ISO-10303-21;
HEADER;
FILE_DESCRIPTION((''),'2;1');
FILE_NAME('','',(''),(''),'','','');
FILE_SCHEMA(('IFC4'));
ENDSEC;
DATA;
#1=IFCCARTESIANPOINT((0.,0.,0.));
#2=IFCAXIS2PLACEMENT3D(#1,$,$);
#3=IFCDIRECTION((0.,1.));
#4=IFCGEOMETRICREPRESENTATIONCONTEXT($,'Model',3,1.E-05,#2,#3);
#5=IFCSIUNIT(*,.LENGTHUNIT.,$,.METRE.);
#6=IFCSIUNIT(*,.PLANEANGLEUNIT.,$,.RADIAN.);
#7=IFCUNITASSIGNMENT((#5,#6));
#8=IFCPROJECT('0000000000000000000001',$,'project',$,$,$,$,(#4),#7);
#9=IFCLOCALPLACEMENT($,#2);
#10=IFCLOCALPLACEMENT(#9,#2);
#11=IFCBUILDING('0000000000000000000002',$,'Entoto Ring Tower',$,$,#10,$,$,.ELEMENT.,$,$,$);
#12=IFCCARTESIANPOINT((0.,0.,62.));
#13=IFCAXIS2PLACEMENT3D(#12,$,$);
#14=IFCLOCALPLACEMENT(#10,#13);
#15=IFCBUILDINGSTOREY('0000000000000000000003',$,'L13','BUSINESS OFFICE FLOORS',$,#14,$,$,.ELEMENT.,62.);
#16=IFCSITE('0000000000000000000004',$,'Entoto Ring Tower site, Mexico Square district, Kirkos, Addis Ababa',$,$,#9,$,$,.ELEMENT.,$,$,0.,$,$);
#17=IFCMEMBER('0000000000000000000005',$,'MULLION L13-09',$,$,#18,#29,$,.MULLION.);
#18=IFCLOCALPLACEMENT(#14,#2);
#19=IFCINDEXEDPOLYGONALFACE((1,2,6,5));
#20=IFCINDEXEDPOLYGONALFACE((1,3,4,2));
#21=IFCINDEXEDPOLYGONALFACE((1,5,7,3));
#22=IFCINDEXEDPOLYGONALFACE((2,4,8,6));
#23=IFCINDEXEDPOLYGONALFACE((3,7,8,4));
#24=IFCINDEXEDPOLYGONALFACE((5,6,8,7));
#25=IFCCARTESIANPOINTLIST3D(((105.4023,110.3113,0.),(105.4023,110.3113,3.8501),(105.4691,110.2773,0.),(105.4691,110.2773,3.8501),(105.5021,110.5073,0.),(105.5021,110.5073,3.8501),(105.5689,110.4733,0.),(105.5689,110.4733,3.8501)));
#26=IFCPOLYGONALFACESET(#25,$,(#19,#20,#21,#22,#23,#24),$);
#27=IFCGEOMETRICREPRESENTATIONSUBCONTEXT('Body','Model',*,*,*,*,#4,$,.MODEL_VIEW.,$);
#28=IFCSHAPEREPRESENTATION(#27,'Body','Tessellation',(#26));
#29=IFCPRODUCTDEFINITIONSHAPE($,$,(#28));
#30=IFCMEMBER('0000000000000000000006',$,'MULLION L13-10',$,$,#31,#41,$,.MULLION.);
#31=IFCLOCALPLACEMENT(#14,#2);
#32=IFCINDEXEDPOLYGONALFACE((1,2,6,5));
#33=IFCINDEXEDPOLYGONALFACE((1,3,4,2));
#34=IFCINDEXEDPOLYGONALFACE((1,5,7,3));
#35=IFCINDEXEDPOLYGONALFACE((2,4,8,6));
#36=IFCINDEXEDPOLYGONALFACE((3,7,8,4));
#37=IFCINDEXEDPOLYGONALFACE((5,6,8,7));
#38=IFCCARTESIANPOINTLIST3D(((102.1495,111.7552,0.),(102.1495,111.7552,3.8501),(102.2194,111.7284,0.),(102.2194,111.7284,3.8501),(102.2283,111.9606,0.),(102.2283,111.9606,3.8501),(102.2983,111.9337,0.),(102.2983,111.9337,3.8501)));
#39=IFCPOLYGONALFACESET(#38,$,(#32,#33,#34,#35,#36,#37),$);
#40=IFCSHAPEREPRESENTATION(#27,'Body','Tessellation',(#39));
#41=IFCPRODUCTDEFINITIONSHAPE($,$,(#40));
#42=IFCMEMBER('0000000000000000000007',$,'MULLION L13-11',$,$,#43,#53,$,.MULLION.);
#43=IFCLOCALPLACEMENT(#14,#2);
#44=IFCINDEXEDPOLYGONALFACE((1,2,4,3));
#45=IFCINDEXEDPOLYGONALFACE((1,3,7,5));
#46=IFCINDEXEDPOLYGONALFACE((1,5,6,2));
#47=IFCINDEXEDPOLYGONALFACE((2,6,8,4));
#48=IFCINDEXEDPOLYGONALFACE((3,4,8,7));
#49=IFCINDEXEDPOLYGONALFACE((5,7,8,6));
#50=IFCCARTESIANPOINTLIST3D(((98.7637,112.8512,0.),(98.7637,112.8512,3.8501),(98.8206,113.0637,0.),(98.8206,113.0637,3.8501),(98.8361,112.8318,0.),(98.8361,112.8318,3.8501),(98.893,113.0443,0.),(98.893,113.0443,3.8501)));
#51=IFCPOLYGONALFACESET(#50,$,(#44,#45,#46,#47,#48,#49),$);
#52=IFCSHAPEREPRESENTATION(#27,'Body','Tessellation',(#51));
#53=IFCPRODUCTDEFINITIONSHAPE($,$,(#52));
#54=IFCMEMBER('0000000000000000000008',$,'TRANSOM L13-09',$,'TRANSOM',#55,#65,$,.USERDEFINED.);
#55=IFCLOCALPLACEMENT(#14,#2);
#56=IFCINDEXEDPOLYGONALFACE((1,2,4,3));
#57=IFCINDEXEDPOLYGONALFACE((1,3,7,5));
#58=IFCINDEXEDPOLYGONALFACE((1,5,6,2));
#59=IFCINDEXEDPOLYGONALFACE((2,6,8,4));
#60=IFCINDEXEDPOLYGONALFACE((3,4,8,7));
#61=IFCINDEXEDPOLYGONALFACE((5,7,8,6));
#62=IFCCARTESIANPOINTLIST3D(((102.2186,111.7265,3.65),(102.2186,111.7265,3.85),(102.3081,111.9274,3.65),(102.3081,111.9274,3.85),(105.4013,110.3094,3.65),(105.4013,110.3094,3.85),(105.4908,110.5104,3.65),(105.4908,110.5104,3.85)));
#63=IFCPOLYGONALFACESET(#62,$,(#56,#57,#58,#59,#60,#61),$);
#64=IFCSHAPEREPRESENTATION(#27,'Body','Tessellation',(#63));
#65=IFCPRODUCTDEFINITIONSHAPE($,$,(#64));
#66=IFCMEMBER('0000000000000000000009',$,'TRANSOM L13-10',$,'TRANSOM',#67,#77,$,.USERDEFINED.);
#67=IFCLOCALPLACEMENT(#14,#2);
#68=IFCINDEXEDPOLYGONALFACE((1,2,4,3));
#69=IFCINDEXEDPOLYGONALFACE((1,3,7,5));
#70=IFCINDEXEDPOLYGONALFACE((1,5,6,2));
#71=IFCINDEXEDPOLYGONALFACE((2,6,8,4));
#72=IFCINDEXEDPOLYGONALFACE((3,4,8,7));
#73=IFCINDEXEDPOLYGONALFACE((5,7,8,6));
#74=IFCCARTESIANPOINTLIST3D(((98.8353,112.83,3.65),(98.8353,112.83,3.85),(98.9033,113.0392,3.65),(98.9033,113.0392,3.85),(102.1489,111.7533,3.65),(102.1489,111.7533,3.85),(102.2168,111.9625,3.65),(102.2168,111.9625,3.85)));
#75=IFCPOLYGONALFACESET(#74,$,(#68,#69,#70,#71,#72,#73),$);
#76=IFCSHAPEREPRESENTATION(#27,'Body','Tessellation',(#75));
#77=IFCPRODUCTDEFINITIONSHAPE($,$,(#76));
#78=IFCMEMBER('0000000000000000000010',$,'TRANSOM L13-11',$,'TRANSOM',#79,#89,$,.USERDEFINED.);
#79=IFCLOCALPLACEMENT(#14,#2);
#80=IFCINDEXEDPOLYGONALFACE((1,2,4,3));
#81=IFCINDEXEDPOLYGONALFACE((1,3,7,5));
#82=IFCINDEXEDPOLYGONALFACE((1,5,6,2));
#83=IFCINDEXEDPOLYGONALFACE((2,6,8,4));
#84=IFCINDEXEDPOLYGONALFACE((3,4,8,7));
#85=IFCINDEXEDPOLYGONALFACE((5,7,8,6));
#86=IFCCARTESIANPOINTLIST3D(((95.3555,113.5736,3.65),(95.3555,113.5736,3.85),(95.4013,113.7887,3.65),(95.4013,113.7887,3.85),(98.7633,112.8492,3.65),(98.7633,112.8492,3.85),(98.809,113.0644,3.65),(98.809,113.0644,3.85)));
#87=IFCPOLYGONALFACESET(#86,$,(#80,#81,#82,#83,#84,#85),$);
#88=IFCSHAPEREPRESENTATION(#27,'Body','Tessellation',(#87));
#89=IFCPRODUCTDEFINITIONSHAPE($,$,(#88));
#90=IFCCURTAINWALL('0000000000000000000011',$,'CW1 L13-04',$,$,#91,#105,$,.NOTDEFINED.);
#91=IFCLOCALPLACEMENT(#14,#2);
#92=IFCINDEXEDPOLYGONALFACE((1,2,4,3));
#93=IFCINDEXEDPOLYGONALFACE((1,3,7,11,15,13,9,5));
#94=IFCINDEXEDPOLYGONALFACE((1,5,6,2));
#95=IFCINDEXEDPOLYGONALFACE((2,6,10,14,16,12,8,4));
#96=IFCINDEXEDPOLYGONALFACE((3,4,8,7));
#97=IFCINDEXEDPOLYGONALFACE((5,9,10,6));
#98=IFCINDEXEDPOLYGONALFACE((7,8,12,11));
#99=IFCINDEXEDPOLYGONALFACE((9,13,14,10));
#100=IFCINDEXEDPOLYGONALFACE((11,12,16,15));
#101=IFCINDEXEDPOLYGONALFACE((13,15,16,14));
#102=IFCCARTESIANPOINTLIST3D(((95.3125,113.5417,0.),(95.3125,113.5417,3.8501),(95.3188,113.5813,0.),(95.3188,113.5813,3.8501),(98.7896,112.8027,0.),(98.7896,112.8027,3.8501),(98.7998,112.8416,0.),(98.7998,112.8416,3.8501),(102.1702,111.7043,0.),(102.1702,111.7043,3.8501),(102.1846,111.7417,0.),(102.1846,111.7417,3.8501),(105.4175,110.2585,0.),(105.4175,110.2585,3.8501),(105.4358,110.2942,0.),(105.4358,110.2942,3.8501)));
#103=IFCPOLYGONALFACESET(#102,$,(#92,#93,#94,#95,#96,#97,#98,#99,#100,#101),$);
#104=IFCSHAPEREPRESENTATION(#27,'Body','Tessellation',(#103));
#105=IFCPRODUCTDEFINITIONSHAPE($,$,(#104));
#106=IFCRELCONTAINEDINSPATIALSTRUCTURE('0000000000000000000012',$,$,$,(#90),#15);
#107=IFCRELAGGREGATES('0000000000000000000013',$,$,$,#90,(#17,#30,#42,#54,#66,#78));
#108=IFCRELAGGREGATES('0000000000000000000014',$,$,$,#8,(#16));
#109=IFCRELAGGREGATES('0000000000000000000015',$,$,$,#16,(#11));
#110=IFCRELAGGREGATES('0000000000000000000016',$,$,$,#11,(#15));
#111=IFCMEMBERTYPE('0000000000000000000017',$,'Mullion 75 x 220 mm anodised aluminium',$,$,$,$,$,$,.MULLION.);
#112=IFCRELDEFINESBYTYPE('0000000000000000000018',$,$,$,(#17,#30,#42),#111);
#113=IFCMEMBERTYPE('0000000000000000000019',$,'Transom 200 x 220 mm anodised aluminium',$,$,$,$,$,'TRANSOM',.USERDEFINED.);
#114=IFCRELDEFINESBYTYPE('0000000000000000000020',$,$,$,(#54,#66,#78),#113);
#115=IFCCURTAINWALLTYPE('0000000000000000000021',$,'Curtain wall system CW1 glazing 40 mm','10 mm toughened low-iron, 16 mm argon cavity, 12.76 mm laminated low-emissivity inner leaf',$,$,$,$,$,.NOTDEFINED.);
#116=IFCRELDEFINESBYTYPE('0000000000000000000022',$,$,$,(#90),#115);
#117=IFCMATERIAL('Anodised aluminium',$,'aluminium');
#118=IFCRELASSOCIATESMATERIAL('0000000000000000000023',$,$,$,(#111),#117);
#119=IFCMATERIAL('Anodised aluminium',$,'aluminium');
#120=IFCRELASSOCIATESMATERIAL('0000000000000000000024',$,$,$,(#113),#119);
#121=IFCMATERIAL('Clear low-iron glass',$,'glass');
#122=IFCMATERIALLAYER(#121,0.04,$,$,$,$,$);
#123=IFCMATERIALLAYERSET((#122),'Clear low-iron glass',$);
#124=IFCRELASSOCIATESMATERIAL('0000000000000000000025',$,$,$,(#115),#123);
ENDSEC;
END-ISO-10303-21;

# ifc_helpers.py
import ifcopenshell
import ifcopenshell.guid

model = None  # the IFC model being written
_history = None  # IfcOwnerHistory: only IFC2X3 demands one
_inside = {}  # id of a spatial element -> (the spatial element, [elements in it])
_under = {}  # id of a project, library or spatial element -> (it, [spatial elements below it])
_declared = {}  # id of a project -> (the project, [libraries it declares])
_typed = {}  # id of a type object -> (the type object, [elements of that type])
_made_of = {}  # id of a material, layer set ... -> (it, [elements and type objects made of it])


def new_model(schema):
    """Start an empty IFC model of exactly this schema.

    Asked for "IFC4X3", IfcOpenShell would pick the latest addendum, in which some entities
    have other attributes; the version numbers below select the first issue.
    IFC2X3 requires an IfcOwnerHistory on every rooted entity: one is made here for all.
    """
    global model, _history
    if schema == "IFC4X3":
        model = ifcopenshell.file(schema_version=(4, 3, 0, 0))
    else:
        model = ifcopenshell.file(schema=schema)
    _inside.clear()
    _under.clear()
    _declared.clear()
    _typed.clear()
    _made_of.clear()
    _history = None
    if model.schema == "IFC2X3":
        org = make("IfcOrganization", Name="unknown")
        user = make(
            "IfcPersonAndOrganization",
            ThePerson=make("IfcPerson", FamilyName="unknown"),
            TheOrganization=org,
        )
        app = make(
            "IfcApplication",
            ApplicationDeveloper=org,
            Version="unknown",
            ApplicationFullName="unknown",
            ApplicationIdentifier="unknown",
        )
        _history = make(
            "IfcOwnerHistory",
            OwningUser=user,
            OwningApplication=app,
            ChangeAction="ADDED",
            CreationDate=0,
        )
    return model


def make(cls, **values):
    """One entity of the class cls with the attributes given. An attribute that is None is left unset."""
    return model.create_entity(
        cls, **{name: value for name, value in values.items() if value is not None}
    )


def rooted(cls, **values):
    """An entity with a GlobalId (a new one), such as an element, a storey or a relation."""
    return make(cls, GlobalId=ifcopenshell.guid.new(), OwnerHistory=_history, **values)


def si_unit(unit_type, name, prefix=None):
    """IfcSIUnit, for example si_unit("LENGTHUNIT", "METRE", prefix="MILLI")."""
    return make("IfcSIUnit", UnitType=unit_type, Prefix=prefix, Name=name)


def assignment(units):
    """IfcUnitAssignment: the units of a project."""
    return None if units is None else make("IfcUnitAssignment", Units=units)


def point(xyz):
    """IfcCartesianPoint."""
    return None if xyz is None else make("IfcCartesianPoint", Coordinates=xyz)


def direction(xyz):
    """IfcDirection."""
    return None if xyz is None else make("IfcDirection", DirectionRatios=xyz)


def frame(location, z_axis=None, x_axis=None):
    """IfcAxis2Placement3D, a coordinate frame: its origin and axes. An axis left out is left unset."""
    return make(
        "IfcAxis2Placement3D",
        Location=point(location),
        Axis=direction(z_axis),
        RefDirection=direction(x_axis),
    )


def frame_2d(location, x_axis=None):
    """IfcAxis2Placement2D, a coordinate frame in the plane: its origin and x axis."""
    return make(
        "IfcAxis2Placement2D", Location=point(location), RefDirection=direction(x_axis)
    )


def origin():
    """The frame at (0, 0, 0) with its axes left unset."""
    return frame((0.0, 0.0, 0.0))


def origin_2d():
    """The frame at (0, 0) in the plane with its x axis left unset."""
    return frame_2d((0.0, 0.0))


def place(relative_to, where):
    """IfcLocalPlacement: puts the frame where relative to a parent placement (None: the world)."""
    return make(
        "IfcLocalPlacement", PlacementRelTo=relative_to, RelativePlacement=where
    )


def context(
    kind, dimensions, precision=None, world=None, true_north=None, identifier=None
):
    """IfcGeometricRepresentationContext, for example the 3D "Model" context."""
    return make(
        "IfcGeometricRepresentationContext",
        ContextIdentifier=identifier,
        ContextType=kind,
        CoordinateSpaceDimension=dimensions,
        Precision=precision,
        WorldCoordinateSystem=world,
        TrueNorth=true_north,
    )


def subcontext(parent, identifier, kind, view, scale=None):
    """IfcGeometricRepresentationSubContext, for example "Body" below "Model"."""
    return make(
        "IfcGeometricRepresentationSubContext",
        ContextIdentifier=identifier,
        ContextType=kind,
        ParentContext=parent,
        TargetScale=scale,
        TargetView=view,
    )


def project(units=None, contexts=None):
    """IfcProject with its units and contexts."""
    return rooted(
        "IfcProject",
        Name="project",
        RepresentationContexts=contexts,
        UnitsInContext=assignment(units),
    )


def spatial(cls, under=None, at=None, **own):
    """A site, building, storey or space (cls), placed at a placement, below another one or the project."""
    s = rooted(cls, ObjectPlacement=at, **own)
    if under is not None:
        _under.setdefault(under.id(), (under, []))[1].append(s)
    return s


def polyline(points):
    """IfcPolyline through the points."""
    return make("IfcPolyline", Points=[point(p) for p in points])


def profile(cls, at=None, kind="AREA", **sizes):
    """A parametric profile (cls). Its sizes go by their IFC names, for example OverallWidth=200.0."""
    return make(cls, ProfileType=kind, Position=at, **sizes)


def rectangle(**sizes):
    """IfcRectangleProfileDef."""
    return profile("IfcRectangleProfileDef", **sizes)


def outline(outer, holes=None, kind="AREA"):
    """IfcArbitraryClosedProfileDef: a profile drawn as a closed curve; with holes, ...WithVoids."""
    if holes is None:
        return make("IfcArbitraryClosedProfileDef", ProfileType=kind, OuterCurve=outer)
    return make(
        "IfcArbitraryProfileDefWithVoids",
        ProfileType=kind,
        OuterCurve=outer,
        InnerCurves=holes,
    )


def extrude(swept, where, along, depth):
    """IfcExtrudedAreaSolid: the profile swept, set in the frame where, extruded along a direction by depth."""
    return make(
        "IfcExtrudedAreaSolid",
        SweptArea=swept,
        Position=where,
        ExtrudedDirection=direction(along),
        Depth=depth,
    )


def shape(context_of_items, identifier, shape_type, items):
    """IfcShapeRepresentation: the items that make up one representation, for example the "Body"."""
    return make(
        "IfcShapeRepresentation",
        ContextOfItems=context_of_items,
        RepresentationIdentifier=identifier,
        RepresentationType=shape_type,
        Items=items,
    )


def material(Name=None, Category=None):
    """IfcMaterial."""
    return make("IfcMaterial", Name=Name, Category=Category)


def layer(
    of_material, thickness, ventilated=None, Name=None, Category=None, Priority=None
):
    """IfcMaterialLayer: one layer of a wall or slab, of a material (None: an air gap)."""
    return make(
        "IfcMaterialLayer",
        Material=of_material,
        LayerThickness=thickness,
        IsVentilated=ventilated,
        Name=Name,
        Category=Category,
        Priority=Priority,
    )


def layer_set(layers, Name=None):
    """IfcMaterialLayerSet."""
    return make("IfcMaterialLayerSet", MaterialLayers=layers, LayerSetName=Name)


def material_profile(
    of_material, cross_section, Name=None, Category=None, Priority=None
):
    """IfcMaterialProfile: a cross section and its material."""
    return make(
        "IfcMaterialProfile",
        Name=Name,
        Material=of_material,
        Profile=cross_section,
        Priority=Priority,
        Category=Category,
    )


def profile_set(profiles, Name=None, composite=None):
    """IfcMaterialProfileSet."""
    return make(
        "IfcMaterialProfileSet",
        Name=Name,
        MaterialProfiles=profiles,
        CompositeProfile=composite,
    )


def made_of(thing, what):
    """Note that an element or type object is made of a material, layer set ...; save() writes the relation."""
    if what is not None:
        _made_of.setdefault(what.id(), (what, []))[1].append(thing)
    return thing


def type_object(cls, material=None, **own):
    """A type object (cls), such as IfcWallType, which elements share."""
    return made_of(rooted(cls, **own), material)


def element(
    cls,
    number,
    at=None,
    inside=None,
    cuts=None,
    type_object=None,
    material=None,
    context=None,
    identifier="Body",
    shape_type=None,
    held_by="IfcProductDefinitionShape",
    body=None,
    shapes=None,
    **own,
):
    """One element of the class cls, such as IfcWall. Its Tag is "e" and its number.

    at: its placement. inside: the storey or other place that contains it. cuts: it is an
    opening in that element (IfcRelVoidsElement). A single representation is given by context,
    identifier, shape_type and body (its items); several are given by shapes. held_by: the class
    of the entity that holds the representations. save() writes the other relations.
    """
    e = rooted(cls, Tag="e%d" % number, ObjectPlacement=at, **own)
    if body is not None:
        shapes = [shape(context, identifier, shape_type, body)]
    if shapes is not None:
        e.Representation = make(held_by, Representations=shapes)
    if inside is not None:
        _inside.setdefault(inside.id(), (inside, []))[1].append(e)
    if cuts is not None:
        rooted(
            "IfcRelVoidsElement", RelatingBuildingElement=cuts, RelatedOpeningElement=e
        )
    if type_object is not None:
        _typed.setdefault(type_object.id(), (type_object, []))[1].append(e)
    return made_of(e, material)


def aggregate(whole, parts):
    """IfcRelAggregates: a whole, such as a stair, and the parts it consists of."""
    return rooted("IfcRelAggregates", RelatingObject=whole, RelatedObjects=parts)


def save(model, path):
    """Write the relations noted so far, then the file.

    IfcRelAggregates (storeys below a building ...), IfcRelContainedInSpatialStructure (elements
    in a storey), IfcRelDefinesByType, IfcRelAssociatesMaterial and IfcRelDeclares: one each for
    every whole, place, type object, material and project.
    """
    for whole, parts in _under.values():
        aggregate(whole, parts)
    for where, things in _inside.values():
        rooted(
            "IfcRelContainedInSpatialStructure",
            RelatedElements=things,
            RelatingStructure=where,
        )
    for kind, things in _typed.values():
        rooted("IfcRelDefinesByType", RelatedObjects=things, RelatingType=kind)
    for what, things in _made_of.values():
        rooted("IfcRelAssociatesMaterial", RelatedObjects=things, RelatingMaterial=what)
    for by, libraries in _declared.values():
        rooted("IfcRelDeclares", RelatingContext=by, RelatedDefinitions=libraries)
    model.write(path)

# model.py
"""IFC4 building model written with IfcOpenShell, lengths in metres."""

from ifc_helpers import new_model, si_unit, direction, frame, origin, origin_2d, place, context, subcontext, project, spatial, polyline, rectangle, outline, extrude, material, layer, layer_set, material_profile, profile_set, type_object, element, aggregate, save


model = new_model("IFC4")

# Units and contexts
model_context = context("Model", 3, precision=1e-05, world=origin(), true_north=direction((0.0, 1.0)))
body_context = subcontext(model_context, "Body", "Model", "MODEL_VIEW")
ifc_project = project(units=[si_unit("LENGTHUNIT", "METRE"), si_unit("PLANEANGLEUNIT", "RADIAN")], contexts=[model_context])

# Members
ifc_material_1 = material(Name="Anodised aluminium", Category="aluminium")
ifc_material_profile_1 = material_profile(ifc_material_1, rectangle(XDim=0.075, YDim=0.22, at=origin_2d()), Name="Mullion 75 x 220 mm anodised aluminium")
ifc_profile_set_1 = profile_set([ifc_material_profile_1], Name="Anodised aluminium")
member_type_1 = type_object("IfcMemberType", Name="Mullion 75 x 220 mm anodised aluminium", PredefinedType="MULLION", material=ifc_profile_set_1)
site_placement = place(None, origin())
building_placement = place(site_placement, origin())
storey_placement = place(building_placement, frame((0.0, 0.0, 62.0)))
member_1_placement = place(storey_placement, frame((105.4856, 110.3923, 0.0), z_axis=(0.0, 0.0, 1.0), x_axis=(-0.891007, 0.45399, 0.0)))
member_1 = element("IfcMember", 1, at=member_1_placement, type_object=member_type_1, Name="MULLION L13-09", PredefinedType="MULLION", context=body_context, shape_type="SweptSolid", body=[
    extrude(rectangle(XDim=0.075, YDim=0.22, at=origin_2d()), origin(), (0.0, 0.0, 1.0), 3.8501),
])
member_2_placement = place(storey_placement, frame((102.2239, 111.8445, 0.0), z_axis=(0.0, 0.0, 1.0), x_axis=(-0.93358, 0.358368, 0.0)))
member_2 = element("IfcMember", 2, at=member_2_placement, type_object=member_type_1, Name="MULLION L13-10", PredefinedType="MULLION", context=body_context, shape_type="SweptSolid", body=[
    extrude(rectangle(XDim=0.075, YDim=0.22, at=origin_2d()), origin(), (0.0, 0.0, 1.0), 3.8501),
])
member_3_placement = place(storey_placement, frame((98.8284, 112.9478, 0.0), z_axis=(0.0, 0.0, 1.0), x_axis=(-0.965926, 0.258819, 0.0)))
member_3 = element("IfcMember", 3, at=member_3_placement, type_object=member_type_1, Name="MULLION L13-11", PredefinedType="MULLION", context=body_context, shape_type="SweptSolid", body=[
    extrude(rectangle(XDim=0.075, YDim=0.22, at=origin_2d()), origin(), (0.0, 0.0, 1.0), 3.8501),
])
ifc_material_2 = material(Name="Anodised aluminium", Category="aluminium")
ifc_material_profile_2 = material_profile(ifc_material_2, rectangle(XDim=0.22, YDim=0.2, at=origin_2d()), Name="Transom 200 x 220 mm anodised aluminium")
ifc_profile_set_2 = profile_set([ifc_material_profile_2], Name="Anodised aluminium")
member_type_2 = type_object("IfcMemberType", Name="Transom 200 x 220 mm anodised aluminium", ElementType="TRANSOM", PredefinedType="USERDEFINED", material=ifc_profile_set_2)
member_4_placement = place(storey_placement, frame((105.446, 110.4099, 3.75), z_axis=(-0.913545, 0.406737, 0.0), x_axis=(-0.406737, -0.913545, 0.0)))
member_4 = element("IfcMember", 4, at=member_4_placement, type_object=member_type_2, Name="TRANSOM L13-09", ObjectType="TRANSOM", PredefinedType="USERDEFINED", context=body_context, shape_type="SweptSolid", body=[
    extrude(rectangle(XDim=0.22, YDim=0.2, at=origin_2d()), origin(), (0.0, 0.0, 1.0), 3.4839),
])
member_5_placement = place(storey_placement, frame((102.1829, 111.8579, 3.75), z_axis=(-0.951053, 0.309029, 0.0), x_axis=(-0.309029, -0.951053, 0.0)))
member_5 = element("IfcMember", 5, at=member_5_placement, type_object=member_type_2, Name="TRANSOM L13-10", ObjectType="TRANSOM", PredefinedType="USERDEFINED", context=body_context, shape_type="SweptSolid", body=[
    extrude(rectangle(XDim=0.22, YDim=0.2, at=origin_2d()), origin(), (0.0, 0.0, 1.0), 3.4841),
])
member_6_placement = place(storey_placement, frame((98.7861, 112.9568, 3.75), z_axis=(-0.978146, 0.207921, 0.0), x_axis=(-0.207921, -0.978146, 0.0)))
member_6 = element("IfcMember", 6, at=member_6_placement, type_object=member_type_2, Name="TRANSOM L13-11", ObjectType="TRANSOM", PredefinedType="USERDEFINED", context=body_context, shape_type="SweptSolid", body=[
    extrude(rectangle(XDim=0.22, YDim=0.2, at=origin_2d()), origin(), (0.0, 0.0, 1.0), 3.4839),
])

# Site, building, storey
site = spatial("IfcSite", under=ifc_project, at=site_placement, Name="Entoto Ring Tower site, Mexico Square district, Kirkos, Addis Ababa", CompositionType="ELEMENT", RefElevation=0.0)
building = spatial("IfcBuilding", under=site, at=building_placement, Name="Entoto Ring Tower", CompositionType="ELEMENT")
storey = spatial("IfcBuildingStorey", under=building, at=storey_placement, Name="L13", Description="BUSINESS OFFICE FLOORS", CompositionType="ELEMENT", Elevation=62.0)

# Curtain wall
ifc_material_3 = material(Name="Clear low-iron glass", Category="glass")
ifc_layer = layer(ifc_material_3, 0.04)
ifc_layer_set = layer_set([ifc_layer], Name="Clear low-iron glass")
curtain_wall_type = type_object("IfcCurtainWallType", Name="Curtain wall system CW1 glazing 40 mm", Description="10 mm toughened low-iron, 16 mm argon cavity, 12.76 mm laminated low-emissivity inner leaf", PredefinedType="NOTDEFINED", material=ifc_layer_set)
curtain_wall_1_placement = place(storey_placement, origin())
curtain_wall_1 = element("IfcCurtainWall", 7, at=curtain_wall_1_placement, inside=storey, type_object=curtain_wall_type, Name="CW1 L13-04", PredefinedType="NOTDEFINED", context=body_context, shape_type="SweptSolid", body=[
    extrude(outline(polyline([(105.4358, 110.2942), (102.1846, 111.7417), (98.7998, 112.8416), (95.3188, 113.5813), (95.3125, 113.5417), (98.7896, 112.8027), (102.1702, 111.7043), (105.4175, 110.2585), (105.4358, 110.2942)])), origin(), (0.0, 0.0, 1.0), 3.8501),
])
aggregate(curtain_wall_1, [member_1, member_2, member_3, member_4, member_5, member_6])

save(model, "model.ifc")
